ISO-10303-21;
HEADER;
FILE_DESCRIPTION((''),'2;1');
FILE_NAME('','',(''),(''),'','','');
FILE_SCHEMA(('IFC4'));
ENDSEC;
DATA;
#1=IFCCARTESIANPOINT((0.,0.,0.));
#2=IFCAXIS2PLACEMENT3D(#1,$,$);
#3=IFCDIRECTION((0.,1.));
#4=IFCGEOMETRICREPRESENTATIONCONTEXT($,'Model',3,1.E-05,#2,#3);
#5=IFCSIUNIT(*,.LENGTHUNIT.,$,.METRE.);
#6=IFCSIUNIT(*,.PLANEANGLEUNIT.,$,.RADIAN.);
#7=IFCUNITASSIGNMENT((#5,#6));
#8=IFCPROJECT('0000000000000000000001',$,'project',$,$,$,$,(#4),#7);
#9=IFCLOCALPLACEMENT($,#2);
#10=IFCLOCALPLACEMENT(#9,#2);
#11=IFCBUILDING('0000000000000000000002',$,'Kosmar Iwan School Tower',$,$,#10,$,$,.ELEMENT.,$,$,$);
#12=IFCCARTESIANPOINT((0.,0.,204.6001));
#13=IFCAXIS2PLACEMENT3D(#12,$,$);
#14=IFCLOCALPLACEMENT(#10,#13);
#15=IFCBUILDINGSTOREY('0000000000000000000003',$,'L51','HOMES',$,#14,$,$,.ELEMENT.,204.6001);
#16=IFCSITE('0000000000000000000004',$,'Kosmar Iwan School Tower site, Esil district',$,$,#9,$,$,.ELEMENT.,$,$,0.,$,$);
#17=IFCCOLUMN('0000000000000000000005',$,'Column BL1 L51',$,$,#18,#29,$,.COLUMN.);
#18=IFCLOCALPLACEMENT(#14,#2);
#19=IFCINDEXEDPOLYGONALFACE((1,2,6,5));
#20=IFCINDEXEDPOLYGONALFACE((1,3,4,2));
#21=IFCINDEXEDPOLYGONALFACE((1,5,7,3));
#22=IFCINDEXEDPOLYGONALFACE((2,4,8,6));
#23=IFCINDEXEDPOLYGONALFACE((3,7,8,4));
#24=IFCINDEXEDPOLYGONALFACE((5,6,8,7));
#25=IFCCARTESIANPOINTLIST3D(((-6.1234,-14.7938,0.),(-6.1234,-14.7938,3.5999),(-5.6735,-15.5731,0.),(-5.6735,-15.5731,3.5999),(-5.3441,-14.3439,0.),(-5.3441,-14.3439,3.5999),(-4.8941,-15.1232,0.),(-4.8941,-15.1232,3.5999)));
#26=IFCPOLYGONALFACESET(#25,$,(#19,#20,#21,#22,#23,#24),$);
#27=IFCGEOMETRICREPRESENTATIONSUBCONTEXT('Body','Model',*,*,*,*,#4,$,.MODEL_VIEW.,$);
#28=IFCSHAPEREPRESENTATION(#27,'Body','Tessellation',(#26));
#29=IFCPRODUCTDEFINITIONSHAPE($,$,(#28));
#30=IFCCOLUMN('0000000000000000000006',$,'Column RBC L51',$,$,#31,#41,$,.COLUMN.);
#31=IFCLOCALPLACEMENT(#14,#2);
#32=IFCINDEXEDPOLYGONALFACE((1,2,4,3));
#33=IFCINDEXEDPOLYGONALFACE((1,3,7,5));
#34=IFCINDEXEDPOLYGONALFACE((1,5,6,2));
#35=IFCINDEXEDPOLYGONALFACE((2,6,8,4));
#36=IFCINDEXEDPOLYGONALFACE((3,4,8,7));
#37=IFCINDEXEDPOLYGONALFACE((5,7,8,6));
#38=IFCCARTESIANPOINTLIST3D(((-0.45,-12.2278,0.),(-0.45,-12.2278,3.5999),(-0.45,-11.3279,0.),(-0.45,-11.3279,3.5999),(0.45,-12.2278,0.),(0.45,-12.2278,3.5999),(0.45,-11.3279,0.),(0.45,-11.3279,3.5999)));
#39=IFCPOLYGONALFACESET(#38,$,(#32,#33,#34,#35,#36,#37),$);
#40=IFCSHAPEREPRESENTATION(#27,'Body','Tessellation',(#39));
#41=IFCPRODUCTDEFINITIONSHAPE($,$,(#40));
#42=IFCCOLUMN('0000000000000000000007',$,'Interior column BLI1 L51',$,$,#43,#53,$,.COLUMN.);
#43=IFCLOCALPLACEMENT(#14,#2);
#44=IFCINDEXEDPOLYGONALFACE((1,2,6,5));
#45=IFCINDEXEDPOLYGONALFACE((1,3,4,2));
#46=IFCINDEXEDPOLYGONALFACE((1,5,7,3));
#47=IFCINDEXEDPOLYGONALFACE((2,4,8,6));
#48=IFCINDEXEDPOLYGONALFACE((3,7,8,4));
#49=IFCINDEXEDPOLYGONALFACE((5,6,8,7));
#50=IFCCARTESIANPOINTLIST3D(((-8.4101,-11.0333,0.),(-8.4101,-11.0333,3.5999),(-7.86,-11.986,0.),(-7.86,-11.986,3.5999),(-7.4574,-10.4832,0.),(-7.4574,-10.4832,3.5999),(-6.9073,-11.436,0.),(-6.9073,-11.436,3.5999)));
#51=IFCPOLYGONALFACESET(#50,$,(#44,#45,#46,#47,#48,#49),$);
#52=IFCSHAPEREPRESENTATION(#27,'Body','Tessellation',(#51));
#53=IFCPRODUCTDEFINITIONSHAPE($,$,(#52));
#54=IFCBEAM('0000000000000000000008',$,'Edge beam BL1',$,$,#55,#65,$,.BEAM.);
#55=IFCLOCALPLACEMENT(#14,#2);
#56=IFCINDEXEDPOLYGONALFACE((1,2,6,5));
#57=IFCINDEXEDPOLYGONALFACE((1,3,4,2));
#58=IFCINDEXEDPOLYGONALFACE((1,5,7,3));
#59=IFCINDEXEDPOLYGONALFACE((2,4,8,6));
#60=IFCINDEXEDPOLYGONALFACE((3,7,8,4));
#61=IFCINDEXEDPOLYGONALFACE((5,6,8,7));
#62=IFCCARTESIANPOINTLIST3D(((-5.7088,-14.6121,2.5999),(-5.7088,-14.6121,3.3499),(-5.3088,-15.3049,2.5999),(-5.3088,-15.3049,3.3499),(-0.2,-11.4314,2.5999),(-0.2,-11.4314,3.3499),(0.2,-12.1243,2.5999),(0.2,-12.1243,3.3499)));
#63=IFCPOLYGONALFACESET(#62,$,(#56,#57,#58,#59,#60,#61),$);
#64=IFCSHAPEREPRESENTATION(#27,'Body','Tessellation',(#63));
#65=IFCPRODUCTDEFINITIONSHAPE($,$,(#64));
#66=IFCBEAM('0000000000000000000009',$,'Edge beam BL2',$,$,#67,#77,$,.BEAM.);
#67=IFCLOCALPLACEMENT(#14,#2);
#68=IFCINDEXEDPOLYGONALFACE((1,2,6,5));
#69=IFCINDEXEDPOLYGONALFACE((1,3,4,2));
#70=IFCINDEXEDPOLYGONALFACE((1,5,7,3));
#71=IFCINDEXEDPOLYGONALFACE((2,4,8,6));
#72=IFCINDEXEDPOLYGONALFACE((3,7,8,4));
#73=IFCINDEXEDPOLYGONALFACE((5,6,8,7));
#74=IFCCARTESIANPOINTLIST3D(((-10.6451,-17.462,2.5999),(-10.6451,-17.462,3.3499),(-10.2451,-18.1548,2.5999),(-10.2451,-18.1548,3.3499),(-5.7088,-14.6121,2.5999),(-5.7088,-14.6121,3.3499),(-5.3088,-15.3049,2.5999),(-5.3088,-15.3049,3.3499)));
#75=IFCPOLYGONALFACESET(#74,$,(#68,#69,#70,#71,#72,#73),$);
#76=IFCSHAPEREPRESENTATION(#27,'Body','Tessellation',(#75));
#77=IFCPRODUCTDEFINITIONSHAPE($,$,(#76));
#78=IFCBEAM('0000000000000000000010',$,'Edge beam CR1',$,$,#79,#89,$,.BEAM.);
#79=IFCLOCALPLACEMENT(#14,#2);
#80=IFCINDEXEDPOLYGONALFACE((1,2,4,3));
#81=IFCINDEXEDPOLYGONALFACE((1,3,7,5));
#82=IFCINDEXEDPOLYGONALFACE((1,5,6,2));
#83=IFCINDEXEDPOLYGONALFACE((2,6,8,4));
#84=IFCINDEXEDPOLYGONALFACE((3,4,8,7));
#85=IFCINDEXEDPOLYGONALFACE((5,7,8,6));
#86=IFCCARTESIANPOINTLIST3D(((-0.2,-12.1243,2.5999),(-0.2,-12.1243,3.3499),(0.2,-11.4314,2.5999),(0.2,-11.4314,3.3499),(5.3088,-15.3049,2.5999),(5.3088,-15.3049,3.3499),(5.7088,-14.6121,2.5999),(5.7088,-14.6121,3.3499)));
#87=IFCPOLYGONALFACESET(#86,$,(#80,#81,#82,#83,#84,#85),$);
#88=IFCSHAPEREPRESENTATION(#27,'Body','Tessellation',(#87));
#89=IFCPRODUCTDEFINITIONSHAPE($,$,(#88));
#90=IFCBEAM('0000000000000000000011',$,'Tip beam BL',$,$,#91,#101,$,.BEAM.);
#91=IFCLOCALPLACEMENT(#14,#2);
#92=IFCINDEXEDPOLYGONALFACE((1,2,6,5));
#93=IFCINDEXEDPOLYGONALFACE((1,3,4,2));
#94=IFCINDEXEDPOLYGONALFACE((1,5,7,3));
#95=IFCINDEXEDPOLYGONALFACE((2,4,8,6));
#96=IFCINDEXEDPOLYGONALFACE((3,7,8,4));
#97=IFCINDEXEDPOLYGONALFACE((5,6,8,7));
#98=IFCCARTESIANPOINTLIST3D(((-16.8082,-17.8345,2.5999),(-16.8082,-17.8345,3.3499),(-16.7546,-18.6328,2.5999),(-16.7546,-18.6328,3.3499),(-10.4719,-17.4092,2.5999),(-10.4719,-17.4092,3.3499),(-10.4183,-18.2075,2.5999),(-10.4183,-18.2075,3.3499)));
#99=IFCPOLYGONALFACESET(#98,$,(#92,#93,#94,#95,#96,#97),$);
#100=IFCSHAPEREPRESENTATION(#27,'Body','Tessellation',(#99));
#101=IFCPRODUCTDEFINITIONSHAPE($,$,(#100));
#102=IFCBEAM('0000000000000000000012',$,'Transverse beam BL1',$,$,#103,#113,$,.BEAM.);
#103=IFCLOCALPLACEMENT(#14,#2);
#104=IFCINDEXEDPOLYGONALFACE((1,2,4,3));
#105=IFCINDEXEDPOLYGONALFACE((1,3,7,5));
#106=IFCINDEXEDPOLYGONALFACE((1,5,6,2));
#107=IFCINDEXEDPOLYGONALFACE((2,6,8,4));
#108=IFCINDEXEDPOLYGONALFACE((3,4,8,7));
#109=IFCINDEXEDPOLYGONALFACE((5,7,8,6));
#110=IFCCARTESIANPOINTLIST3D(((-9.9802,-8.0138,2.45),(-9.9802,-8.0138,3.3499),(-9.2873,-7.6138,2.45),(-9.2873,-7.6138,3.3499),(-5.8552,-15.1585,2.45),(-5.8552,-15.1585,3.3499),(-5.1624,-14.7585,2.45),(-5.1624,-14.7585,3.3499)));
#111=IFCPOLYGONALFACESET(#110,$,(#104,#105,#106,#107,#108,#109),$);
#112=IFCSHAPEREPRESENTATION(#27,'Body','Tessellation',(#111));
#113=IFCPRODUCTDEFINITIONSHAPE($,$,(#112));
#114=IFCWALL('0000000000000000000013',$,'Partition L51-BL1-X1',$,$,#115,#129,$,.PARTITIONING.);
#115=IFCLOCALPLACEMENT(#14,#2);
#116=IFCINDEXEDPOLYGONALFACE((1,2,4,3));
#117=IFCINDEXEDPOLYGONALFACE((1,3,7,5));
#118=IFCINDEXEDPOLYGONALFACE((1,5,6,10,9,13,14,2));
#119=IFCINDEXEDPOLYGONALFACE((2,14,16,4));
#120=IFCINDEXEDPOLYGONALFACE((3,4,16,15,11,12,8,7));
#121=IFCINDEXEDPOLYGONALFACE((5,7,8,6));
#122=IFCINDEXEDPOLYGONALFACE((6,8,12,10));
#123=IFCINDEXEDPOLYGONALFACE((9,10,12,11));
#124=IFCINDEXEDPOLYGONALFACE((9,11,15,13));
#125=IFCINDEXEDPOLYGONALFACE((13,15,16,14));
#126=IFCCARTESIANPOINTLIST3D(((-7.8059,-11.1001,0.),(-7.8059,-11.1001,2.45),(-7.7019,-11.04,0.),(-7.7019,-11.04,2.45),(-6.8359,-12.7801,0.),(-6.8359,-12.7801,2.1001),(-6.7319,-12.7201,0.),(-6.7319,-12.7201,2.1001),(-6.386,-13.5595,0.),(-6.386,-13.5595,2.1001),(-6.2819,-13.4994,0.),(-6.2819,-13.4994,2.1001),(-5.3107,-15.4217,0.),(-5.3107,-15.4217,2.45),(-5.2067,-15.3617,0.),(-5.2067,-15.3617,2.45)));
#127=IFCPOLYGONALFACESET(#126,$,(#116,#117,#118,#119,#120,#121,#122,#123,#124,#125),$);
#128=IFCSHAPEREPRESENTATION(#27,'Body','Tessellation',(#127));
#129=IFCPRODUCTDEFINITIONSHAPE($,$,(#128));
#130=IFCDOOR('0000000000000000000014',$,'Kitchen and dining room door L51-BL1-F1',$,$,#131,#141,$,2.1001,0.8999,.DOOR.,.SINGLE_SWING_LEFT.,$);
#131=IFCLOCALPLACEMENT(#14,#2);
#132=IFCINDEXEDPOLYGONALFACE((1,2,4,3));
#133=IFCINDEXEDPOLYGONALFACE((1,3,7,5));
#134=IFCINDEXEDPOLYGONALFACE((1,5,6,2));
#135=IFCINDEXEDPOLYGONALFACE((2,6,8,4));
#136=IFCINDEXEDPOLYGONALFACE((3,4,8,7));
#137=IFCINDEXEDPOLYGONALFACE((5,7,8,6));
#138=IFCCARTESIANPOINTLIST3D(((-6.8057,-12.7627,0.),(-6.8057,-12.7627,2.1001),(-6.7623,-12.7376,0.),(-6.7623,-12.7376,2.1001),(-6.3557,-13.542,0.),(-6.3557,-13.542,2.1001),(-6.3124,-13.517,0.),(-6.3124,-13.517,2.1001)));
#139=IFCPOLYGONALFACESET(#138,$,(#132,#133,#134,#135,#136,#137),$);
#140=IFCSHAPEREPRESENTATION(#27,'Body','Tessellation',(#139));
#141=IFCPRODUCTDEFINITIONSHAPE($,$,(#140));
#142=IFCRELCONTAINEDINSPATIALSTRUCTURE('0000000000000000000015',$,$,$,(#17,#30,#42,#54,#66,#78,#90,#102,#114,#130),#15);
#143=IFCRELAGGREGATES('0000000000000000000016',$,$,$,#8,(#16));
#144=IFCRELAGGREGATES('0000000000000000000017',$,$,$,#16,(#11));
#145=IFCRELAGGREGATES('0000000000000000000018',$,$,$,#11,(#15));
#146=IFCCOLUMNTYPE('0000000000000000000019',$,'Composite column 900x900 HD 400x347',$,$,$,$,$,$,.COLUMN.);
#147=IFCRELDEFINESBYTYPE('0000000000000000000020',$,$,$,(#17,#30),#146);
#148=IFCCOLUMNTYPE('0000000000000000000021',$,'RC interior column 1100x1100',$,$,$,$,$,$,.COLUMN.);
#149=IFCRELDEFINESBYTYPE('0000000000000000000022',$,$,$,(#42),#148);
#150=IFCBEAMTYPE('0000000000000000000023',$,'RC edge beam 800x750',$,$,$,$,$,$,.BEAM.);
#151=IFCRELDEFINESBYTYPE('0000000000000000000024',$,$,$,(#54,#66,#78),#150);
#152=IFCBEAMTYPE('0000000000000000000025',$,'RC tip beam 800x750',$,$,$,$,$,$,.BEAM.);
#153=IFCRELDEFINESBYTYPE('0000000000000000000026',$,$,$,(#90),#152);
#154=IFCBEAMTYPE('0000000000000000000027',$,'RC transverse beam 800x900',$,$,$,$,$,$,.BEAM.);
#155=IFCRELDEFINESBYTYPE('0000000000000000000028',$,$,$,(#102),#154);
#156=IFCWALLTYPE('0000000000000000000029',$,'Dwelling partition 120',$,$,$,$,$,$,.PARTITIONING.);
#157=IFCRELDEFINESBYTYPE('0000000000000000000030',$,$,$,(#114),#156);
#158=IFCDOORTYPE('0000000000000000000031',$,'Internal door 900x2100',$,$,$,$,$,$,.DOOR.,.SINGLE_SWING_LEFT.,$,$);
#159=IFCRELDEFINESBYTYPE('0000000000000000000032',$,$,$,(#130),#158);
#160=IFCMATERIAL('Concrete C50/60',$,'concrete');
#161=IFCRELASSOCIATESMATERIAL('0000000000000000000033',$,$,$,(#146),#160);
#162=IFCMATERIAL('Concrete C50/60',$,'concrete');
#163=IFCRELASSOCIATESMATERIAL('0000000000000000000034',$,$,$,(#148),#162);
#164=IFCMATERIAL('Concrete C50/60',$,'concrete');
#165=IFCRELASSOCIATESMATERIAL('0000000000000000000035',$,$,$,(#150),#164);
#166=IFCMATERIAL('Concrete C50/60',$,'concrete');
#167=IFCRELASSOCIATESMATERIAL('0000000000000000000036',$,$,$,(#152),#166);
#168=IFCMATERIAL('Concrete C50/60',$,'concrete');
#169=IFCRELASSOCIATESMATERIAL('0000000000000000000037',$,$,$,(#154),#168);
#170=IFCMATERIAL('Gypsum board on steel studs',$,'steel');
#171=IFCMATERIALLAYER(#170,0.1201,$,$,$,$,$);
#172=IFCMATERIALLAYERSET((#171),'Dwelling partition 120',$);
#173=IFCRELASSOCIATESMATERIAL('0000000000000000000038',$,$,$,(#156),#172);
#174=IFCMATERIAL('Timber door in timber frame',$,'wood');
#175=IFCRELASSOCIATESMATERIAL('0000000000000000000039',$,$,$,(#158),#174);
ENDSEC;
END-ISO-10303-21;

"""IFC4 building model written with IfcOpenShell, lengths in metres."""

from ifc_helpers import new_model, si_unit, direction, frame, frame_2d, origin, origin_2d, place, context, subcontext, project, spatial, rectangle, extrude, material, layer, layer_set, material_profile, profile_set, type_object, element, fill, save


model = new_model("IFC4")

# Units and contexts
model_context = context("Model", 3, precision=1e-05, world=origin(), true_north=direction((0.0, 1.0)))
body_context = subcontext(model_context, "Body", "Model", "MODEL_VIEW")
ifc_project = project(units=[si_unit("LENGTHUNIT", "METRE"), si_unit("PLANEANGLEUNIT", "RADIAN")], contexts=[model_context])

# Site, building, storey
site_placement = place(None, origin())
site = spatial("IfcSite", under=ifc_project, at=site_placement, Name="Kosmar Iwan School Tower site, Esil district", CompositionType="ELEMENT", RefElevation=0.0)
building_placement = place(site_placement, origin())
building = spatial("IfcBuilding", under=site, at=building_placement, Name="Kosmar Iwan School Tower", CompositionType="ELEMENT")
storey_placement = place(building_placement, frame((0.0, 0.0, 204.6001)))
storey = spatial("IfcBuildingStorey", under=building, at=storey_placement, Name="L51", Description="HOMES", CompositionType="ELEMENT", Elevation=204.6001)

# Columns
ifc_material_1 = material(Name="Concrete C50/60", Category="concrete")
ifc_material_profile_1 = material_profile(ifc_material_1, rectangle(XDim=0.8999, YDim=0.8999, at=origin_2d()), Name="RC 900x900 + HD 400x347")
ifc_profile_set_1 = profile_set([ifc_material_profile_1], Name="Concrete C50/60")
column_type_1 = type_object("IfcColumnType", Name="Composite column 900x900 HD 400x347", PredefinedType="COLUMN", material=ifc_profile_set_1)
for number, where, z_axis, x_axis, name in (
    (1, (-5.5088, -14.9585, 0.0), (0.0, 0.0, 1.0), (-0.866025, -0.5, 0.0), "Column BL1 L51"),
    (2, (0.0, -11.7778, 0.0), (0.0, 0.0, 1.0), (1.0, 0.0, 0.0), "Column RBC L51"),
):
    element("IfcColumn", number, at=place(storey_placement, frame(where, z_axis=z_axis, x_axis=x_axis)), inside=storey, type_object=column_type_1, Name=name, PredefinedType="COLUMN", context=body_context, shape_type="SweptSolid", body=[
        extrude(rectangle(XDim=0.8999, YDim=0.8999, at=origin_2d()), origin(), (0.0, 0.0, 1.0), 3.5999),
    ])
ifc_material_2 = material(Name="Concrete C50/60", Category="concrete")
ifc_material_profile_2 = material_profile(ifc_material_2, rectangle(XDim=1.1001, YDim=1.1001, at=origin_2d()), Name="RC 1100x1100")
ifc_profile_set_2 = profile_set([ifc_material_profile_2], Name="Concrete C50/60")
column_type_2 = type_object("IfcColumnType", Name="RC interior column 1100x1100", PredefinedType="COLUMN", material=ifc_profile_set_2)
column_placement = place(storey_placement, frame((-7.6587, -11.2346, 0.0), z_axis=(0.0, 0.0, 1.0), x_axis=(-0.866025, -0.5, 0.0)))
element("IfcColumn", 3, at=column_placement, inside=storey, type_object=column_type_2, Name="Interior column BLI1 L51", PredefinedType="COLUMN", context=body_context, shape_type="SweptSolid", body=[
    extrude(rectangle(XDim=1.1001, YDim=1.1001, at=origin_2d()), origin(), (0.0, 0.0, 1.0), 3.5999),
])

# Beams
ifc_material_3 = material(Name="Concrete C50/60", Category="concrete")
ifc_material_profile_3 = material_profile(ifc_material_3, rectangle(XDim=0.8, YDim=0.75, at=origin_2d()), Name="RC 800x750")
ifc_profile_set_3 = profile_set([ifc_material_profile_3], Name="Concrete C50/60")
beam_type_1 = type_object("IfcBeamType", Name="RC edge beam 800x750", PredefinedType="BEAM", material=ifc_profile_set_3)
beam_1_placement = place(storey_placement, frame((0.0, -11.7778, 2.9749), z_axis=(-0.866014, -0.500019, 0.0), x_axis=(0.500019, -0.866014, 0.0)))
element("IfcBeam", 4, at=beam_1_placement, inside=storey, type_object=beam_type_1, Name="Edge beam BL1", PredefinedType="BEAM", context=body_context, shape_type="SweptSolid", body=[
    extrude(rectangle(XDim=0.8, YDim=0.75, at=origin_2d()), origin(), (0.0, 0.0, 1.0), 6.3611),
])
beam_2_placement = place(storey_placement, frame((-5.5088, -14.9585, 2.9749), z_axis=(-0.866034, -0.499986, 0.0), x_axis=(0.499986, -0.866034, 0.0)))
element("IfcBeam", 5, at=beam_2_placement, inside=storey, type_object=beam_type_1, Name="Edge beam BL2", PredefinedType="BEAM", context=body_context, shape_type="SweptSolid", body=[
    extrude(rectangle(XDim=0.8, YDim=0.75, at=origin_2d()), origin(), (0.0, 0.0, 1.0), 5.7),
])
beam_3_placement = place(storey_placement, frame((0.0, -11.7778, 2.9749), z_axis=(0.866014, -0.500019, 0.0), x_axis=(0.500019, 0.866014, 0.0)))
element("IfcBeam", 6, at=beam_3_placement, inside=storey, type_object=beam_type_1, Name="Edge beam CR1", PredefinedType="BEAM", context=body_context, shape_type="SweptSolid", body=[
    extrude(rectangle(XDim=0.8, YDim=0.75, at=origin_2d()), origin(), (0.0, 0.0, 1.0), 6.3611),
])
ifc_material_4 = material(Name="Concrete C50/60", Category="concrete")
ifc_material_profile_4 = material_profile(ifc_material_4, rectangle(XDim=0.8, YDim=0.75, at=origin_2d()), Name="RC 800x750")
ifc_profile_set_4 = profile_set([ifc_material_profile_4], Name="Concrete C50/60")
beam_type_2 = type_object("IfcBeamType", Name="RC tip beam 800x750", PredefinedType="BEAM", material=ifc_profile_set_4)
beam_4_placement = place(storey_placement, frame((-10.4451, -17.8083, 2.9749), z_axis=(-0.997755, -0.066968, 0.0), x_axis=(0.066968, -0.997755, 0.0)))
element("IfcBeam", 7, at=beam_4_placement, inside=storey, type_object=beam_type_2, Name="Tip beam BL", PredefinedType="BEAM", context=body_context, shape_type="SweptSolid", body=[
    extrude(rectangle(XDim=0.8, YDim=0.75, at=origin_2d()), origin(), (0.0, 0.0, 1.0), 6.3506),
])
ifc_material_5 = material(Name="Concrete C50/60", Category="concrete")
ifc_material_profile_5 = material_profile(ifc_material_5, rectangle(XDim=0.8, YDim=0.8999, at=origin_2d()), Name="RC 800x900")
ifc_profile_set_5 = profile_set([ifc_material_profile_5], Name="Concrete C50/60")
beam_type_3 = type_object("IfcBeamType", Name="RC transverse beam 800x900", PredefinedType="BEAM", material=ifc_profile_set_5)
beam_5_placement = place(storey_placement, frame((-5.5088, -14.9585, 2.8999), z_axis=(-0.499997, 0.866027, 0.0), x_axis=(-0.866027, -0.499997, 0.0)))
element("IfcBeam", 8, at=beam_5_placement, inside=storey, type_object=beam_type_3, Name="Transverse beam BL1", PredefinedType="BEAM", context=body_context, shape_type="SweptSolid", body=[
    extrude(rectangle(XDim=0.8, YDim=0.8999, at=origin_2d()), origin(), (0.0, 0.0, 1.0), 8.25),
])

# Wall, opening, door
ifc_material_6 = material(Name="Gypsum board on steel studs", Category="steel")
ifc_layer_1 = layer(ifc_material_6, 0.1201)
ifc_layer_set_1 = layer_set([ifc_layer_1], Name="Dwelling partition 120")
wall_type_1 = type_object("IfcWallType", Name="Dwelling partition 120", PredefinedType="PARTITIONING", material=ifc_layer_set_1)
wall_1_placement = place(storey_placement, frame((-7.7539, -11.0701, 0.0), z_axis=(0.0, 0.0, 1.0), x_axis=(0.500012, -0.866019, 0.0)))
wall_1 = element("IfcWall", 9, at=wall_1_placement, inside=storey, type_object=wall_type_1, Name="Partition L51-BL1-X1", PredefinedType="PARTITIONING", context=body_context, shape_type="SweptSolid", body=[
    extrude(rectangle(XDim=4.9902, YDim=0.1201, at=frame_2d((2.4951, 0.0))), origin(), (0.0, 0.0, 1.0), 2.45),
])
opening_1_placement = place(wall_1_placement, frame((1.9399, 0.0, 0.0)))
opening_1 = element("IfcOpeningElement", 10, at=opening_1_placement, cuts=wall_1, PredefinedType="OPENING", context=body_context, shape_type="SweptSolid", body=[
    extrude(rectangle(XDim=0.8999, YDim=2.1001, at=frame_2d((0.45, 1.05))), frame((0.0, 0.072, 0.0), z_axis=(0.0, -1.0, 0.0), x_axis=(1.0, 0.0, 0.0)), (0.0, 0.0, 1.0), 0.144),
])
ifc_material_7 = material(Name="Timber door in timber frame", Category="wood")
door_type = type_object("IfcDoorType", Name="Internal door 900x2100", OperationType="SINGLE_SWING_LEFT", PredefinedType="DOOR", material=ifc_material_7)
door_placement = place(opening_1_placement, origin())
door = element("IfcDoor", 11, at=door_placement, inside=storey, type_object=door_type, Name="Kitchen and dining room door L51-BL1-F1", OperationType="SINGLE_SWING_LEFT", OverallHeight=2.1001, OverallWidth=0.8999, PredefinedType="DOOR", context=body_context, shape_type="SweptSolid", body=[
    extrude(rectangle(XDim=0.8999, YDim=2.1001, at=frame_2d((0.45, 1.05))), frame((0.0, 0.0249, 0.0), z_axis=(0.0, -1.0, 0.0), x_axis=(1.0, 0.0, 0.0)), (0.0, 0.0, 1.0), 0.05),
])
fill(opening_1, door)

save(model, "model.ifc")
